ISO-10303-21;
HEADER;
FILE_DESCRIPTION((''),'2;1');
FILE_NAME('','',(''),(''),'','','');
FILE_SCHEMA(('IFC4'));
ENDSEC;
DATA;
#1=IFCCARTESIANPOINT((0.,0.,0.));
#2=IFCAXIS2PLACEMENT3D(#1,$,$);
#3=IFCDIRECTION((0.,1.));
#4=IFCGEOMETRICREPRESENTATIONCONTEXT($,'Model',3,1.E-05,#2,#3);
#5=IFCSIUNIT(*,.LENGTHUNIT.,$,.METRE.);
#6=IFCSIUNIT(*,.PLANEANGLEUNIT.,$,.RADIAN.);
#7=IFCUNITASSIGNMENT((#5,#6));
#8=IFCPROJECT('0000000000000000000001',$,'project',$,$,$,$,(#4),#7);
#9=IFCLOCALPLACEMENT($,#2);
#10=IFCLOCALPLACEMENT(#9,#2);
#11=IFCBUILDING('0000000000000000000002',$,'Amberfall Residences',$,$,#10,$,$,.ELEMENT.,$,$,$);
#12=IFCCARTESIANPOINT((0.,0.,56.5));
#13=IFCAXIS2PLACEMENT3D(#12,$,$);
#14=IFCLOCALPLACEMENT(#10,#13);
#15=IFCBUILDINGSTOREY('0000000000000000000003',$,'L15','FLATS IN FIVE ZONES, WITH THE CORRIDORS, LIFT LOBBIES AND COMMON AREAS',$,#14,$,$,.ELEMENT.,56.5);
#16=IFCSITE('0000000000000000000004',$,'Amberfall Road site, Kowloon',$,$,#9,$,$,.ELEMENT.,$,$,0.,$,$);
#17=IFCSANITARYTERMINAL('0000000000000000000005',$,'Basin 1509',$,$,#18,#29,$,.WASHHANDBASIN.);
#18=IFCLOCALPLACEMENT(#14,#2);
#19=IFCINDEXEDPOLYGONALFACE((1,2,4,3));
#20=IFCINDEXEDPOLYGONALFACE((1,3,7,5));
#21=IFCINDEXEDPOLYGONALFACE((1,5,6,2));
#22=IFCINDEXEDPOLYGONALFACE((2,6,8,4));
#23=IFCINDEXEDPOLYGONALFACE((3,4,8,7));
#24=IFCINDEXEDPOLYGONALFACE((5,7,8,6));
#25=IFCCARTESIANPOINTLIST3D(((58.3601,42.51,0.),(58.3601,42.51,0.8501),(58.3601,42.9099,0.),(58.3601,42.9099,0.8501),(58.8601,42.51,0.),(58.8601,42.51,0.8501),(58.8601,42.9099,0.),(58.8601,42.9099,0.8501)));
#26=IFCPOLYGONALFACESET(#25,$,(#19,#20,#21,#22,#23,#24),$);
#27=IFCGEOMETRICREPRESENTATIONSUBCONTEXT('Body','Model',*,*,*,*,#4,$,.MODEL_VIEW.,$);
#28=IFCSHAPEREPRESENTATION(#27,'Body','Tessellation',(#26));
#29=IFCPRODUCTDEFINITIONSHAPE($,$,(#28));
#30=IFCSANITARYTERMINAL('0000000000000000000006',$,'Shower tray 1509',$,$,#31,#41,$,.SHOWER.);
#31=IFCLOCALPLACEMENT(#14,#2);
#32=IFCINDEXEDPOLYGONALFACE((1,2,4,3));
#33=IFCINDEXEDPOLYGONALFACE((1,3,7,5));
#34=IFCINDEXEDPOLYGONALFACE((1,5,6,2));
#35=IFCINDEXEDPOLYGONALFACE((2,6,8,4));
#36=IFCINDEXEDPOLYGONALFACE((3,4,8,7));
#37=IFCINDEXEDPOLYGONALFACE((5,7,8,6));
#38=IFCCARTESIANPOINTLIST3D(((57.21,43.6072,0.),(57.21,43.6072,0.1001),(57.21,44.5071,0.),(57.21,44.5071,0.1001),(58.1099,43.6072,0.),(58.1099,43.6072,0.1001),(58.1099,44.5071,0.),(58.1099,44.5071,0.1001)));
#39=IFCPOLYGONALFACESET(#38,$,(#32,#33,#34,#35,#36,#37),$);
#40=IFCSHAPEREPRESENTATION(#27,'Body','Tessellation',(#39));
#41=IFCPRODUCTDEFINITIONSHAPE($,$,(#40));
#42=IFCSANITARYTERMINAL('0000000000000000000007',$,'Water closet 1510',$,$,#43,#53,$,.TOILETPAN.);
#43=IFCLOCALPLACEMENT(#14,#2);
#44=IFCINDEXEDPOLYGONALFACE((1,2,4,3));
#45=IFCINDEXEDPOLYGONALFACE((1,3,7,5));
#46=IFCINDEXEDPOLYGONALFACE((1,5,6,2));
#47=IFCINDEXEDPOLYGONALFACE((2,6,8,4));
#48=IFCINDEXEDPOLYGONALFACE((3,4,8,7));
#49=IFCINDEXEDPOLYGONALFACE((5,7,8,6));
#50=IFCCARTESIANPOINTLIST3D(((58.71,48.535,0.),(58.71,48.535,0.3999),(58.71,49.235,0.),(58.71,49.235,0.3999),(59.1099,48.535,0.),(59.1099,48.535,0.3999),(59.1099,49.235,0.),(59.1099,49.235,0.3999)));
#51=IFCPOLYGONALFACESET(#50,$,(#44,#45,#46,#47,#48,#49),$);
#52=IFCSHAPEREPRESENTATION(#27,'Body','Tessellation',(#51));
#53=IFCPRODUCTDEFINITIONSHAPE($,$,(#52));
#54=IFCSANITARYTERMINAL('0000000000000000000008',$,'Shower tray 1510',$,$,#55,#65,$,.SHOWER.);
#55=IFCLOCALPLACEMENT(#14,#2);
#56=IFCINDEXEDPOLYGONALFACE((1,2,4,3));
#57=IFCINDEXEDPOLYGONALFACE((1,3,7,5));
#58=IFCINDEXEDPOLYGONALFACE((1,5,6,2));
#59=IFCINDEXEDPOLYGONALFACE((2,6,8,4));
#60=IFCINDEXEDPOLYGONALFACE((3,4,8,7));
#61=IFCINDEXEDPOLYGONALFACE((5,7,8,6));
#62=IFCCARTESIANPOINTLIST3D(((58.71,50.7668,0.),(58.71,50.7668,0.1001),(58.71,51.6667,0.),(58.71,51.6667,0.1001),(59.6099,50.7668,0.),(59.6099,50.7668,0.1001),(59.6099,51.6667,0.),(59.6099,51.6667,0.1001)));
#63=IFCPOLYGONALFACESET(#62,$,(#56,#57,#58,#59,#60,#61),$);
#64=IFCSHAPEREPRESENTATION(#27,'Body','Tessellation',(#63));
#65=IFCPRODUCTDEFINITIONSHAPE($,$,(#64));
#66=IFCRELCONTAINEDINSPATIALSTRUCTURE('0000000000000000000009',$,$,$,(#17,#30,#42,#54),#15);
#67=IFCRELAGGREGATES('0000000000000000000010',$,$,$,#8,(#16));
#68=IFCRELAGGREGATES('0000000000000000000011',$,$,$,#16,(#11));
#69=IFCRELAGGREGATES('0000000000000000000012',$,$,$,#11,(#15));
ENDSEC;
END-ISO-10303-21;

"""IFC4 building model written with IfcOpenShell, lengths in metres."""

from ifc_helpers import new_model, si_unit, direction, frame, origin, origin_2d, place, context, subcontext, project, spatial, rectangle, extrude, element, save


model = new_model("IFC4")

# Units and contexts
model_context = context("Model", 3, precision=1e-05, world=origin(), true_north=direction((0.0, 1.0)))
body_context = subcontext(model_context, "Body", "Model", "MODEL_VIEW")
ifc_project = project(units=[si_unit("LENGTHUNIT", "METRE"), si_unit("PLANEANGLEUNIT", "RADIAN")], contexts=[model_context])

# Site, building, storey
site_placement = place(None, origin())
site = spatial("IfcSite", under=ifc_project, at=site_placement, Name="Amberfall Road site, Kowloon", CompositionType="ELEMENT", RefElevation=0.0)
building_placement = place(site_placement, origin())
building = spatial("IfcBuilding", under=site, at=building_placement, Name="Amberfall Residences", CompositionType="ELEMENT")
storey_placement = place(building_placement, frame((0.0, 0.0, 56.5)))
storey = spatial("IfcBuildingStorey", under=building, at=storey_placement, Name="L15", Description="FLATS IN FIVE ZONES, WITH THE CORRIDORS, LIFT LOBBIES AND COMMON AREAS", CompositionType="ELEMENT", Elevation=56.5)

# Sanitary terminals
sanitary_terminal_1_placement = place(storey_placement, frame((58.6101, 42.71, 0.0), z_axis=(0.0, 0.0, 1.0), x_axis=(1.0, 0.0, 0.0)))
element("IfcSanitaryTerminal", 1, at=sanitary_terminal_1_placement, inside=storey, Name="Basin 1509", PredefinedType="WASHHANDBASIN", context=body_context, shape_type="SweptSolid", body=[
    extrude(rectangle(XDim=0.5, YDim=0.3999, at=origin_2d()), origin(), (0.0, 0.0, 1.0), 0.8501),
])
sanitary_terminal_2_placement = place(storey_placement, frame((57.6599, 44.0571, 0.0), z_axis=(0.0, 0.0, 1.0), x_axis=(1.0, 0.0, 0.0)))
element("IfcSanitaryTerminal", 2, at=sanitary_terminal_2_placement, inside=storey, Name="Shower tray 1509", PredefinedType="SHOWER", context=body_context, shape_type="SweptSolid", body=[
    extrude(rectangle(XDim=0.8999, YDim=0.8999, at=origin_2d()), origin(), (0.0, 0.0, 1.0), 0.1001),
])
sanitary_terminal_3_placement = place(storey_placement, frame((58.9099, 48.885, 0.0), z_axis=(0.0, 0.0, 1.0), x_axis=(1.0, 0.0, 0.0)))
element("IfcSanitaryTerminal", 3, at=sanitary_terminal_3_placement, inside=storey, Name="Water closet 1510", PredefinedType="TOILETPAN", context=body_context, shape_type="SweptSolid", body=[
    extrude(rectangle(XDim=0.3999, YDim=0.7, at=origin_2d()), origin(), (0.0, 0.0, 1.0), 0.3999),
])
sanitary_terminal_4_placement = place(storey_placement, frame((59.1599, 51.2168, 0.0), z_axis=(0.0, 0.0, 1.0), x_axis=(1.0, 0.0, 0.0)))
element("IfcSanitaryTerminal", 4, at=sanitary_terminal_4_placement, inside=storey, Name="Shower tray 1510", PredefinedType="SHOWER", context=body_context, shape_type="SweptSolid", body=[
    extrude(rectangle(XDim=0.8999, YDim=0.8999, at=origin_2d()), origin(), (0.0, 0.0, 1.0), 0.1001),
])

save(model, "model.ifc")
